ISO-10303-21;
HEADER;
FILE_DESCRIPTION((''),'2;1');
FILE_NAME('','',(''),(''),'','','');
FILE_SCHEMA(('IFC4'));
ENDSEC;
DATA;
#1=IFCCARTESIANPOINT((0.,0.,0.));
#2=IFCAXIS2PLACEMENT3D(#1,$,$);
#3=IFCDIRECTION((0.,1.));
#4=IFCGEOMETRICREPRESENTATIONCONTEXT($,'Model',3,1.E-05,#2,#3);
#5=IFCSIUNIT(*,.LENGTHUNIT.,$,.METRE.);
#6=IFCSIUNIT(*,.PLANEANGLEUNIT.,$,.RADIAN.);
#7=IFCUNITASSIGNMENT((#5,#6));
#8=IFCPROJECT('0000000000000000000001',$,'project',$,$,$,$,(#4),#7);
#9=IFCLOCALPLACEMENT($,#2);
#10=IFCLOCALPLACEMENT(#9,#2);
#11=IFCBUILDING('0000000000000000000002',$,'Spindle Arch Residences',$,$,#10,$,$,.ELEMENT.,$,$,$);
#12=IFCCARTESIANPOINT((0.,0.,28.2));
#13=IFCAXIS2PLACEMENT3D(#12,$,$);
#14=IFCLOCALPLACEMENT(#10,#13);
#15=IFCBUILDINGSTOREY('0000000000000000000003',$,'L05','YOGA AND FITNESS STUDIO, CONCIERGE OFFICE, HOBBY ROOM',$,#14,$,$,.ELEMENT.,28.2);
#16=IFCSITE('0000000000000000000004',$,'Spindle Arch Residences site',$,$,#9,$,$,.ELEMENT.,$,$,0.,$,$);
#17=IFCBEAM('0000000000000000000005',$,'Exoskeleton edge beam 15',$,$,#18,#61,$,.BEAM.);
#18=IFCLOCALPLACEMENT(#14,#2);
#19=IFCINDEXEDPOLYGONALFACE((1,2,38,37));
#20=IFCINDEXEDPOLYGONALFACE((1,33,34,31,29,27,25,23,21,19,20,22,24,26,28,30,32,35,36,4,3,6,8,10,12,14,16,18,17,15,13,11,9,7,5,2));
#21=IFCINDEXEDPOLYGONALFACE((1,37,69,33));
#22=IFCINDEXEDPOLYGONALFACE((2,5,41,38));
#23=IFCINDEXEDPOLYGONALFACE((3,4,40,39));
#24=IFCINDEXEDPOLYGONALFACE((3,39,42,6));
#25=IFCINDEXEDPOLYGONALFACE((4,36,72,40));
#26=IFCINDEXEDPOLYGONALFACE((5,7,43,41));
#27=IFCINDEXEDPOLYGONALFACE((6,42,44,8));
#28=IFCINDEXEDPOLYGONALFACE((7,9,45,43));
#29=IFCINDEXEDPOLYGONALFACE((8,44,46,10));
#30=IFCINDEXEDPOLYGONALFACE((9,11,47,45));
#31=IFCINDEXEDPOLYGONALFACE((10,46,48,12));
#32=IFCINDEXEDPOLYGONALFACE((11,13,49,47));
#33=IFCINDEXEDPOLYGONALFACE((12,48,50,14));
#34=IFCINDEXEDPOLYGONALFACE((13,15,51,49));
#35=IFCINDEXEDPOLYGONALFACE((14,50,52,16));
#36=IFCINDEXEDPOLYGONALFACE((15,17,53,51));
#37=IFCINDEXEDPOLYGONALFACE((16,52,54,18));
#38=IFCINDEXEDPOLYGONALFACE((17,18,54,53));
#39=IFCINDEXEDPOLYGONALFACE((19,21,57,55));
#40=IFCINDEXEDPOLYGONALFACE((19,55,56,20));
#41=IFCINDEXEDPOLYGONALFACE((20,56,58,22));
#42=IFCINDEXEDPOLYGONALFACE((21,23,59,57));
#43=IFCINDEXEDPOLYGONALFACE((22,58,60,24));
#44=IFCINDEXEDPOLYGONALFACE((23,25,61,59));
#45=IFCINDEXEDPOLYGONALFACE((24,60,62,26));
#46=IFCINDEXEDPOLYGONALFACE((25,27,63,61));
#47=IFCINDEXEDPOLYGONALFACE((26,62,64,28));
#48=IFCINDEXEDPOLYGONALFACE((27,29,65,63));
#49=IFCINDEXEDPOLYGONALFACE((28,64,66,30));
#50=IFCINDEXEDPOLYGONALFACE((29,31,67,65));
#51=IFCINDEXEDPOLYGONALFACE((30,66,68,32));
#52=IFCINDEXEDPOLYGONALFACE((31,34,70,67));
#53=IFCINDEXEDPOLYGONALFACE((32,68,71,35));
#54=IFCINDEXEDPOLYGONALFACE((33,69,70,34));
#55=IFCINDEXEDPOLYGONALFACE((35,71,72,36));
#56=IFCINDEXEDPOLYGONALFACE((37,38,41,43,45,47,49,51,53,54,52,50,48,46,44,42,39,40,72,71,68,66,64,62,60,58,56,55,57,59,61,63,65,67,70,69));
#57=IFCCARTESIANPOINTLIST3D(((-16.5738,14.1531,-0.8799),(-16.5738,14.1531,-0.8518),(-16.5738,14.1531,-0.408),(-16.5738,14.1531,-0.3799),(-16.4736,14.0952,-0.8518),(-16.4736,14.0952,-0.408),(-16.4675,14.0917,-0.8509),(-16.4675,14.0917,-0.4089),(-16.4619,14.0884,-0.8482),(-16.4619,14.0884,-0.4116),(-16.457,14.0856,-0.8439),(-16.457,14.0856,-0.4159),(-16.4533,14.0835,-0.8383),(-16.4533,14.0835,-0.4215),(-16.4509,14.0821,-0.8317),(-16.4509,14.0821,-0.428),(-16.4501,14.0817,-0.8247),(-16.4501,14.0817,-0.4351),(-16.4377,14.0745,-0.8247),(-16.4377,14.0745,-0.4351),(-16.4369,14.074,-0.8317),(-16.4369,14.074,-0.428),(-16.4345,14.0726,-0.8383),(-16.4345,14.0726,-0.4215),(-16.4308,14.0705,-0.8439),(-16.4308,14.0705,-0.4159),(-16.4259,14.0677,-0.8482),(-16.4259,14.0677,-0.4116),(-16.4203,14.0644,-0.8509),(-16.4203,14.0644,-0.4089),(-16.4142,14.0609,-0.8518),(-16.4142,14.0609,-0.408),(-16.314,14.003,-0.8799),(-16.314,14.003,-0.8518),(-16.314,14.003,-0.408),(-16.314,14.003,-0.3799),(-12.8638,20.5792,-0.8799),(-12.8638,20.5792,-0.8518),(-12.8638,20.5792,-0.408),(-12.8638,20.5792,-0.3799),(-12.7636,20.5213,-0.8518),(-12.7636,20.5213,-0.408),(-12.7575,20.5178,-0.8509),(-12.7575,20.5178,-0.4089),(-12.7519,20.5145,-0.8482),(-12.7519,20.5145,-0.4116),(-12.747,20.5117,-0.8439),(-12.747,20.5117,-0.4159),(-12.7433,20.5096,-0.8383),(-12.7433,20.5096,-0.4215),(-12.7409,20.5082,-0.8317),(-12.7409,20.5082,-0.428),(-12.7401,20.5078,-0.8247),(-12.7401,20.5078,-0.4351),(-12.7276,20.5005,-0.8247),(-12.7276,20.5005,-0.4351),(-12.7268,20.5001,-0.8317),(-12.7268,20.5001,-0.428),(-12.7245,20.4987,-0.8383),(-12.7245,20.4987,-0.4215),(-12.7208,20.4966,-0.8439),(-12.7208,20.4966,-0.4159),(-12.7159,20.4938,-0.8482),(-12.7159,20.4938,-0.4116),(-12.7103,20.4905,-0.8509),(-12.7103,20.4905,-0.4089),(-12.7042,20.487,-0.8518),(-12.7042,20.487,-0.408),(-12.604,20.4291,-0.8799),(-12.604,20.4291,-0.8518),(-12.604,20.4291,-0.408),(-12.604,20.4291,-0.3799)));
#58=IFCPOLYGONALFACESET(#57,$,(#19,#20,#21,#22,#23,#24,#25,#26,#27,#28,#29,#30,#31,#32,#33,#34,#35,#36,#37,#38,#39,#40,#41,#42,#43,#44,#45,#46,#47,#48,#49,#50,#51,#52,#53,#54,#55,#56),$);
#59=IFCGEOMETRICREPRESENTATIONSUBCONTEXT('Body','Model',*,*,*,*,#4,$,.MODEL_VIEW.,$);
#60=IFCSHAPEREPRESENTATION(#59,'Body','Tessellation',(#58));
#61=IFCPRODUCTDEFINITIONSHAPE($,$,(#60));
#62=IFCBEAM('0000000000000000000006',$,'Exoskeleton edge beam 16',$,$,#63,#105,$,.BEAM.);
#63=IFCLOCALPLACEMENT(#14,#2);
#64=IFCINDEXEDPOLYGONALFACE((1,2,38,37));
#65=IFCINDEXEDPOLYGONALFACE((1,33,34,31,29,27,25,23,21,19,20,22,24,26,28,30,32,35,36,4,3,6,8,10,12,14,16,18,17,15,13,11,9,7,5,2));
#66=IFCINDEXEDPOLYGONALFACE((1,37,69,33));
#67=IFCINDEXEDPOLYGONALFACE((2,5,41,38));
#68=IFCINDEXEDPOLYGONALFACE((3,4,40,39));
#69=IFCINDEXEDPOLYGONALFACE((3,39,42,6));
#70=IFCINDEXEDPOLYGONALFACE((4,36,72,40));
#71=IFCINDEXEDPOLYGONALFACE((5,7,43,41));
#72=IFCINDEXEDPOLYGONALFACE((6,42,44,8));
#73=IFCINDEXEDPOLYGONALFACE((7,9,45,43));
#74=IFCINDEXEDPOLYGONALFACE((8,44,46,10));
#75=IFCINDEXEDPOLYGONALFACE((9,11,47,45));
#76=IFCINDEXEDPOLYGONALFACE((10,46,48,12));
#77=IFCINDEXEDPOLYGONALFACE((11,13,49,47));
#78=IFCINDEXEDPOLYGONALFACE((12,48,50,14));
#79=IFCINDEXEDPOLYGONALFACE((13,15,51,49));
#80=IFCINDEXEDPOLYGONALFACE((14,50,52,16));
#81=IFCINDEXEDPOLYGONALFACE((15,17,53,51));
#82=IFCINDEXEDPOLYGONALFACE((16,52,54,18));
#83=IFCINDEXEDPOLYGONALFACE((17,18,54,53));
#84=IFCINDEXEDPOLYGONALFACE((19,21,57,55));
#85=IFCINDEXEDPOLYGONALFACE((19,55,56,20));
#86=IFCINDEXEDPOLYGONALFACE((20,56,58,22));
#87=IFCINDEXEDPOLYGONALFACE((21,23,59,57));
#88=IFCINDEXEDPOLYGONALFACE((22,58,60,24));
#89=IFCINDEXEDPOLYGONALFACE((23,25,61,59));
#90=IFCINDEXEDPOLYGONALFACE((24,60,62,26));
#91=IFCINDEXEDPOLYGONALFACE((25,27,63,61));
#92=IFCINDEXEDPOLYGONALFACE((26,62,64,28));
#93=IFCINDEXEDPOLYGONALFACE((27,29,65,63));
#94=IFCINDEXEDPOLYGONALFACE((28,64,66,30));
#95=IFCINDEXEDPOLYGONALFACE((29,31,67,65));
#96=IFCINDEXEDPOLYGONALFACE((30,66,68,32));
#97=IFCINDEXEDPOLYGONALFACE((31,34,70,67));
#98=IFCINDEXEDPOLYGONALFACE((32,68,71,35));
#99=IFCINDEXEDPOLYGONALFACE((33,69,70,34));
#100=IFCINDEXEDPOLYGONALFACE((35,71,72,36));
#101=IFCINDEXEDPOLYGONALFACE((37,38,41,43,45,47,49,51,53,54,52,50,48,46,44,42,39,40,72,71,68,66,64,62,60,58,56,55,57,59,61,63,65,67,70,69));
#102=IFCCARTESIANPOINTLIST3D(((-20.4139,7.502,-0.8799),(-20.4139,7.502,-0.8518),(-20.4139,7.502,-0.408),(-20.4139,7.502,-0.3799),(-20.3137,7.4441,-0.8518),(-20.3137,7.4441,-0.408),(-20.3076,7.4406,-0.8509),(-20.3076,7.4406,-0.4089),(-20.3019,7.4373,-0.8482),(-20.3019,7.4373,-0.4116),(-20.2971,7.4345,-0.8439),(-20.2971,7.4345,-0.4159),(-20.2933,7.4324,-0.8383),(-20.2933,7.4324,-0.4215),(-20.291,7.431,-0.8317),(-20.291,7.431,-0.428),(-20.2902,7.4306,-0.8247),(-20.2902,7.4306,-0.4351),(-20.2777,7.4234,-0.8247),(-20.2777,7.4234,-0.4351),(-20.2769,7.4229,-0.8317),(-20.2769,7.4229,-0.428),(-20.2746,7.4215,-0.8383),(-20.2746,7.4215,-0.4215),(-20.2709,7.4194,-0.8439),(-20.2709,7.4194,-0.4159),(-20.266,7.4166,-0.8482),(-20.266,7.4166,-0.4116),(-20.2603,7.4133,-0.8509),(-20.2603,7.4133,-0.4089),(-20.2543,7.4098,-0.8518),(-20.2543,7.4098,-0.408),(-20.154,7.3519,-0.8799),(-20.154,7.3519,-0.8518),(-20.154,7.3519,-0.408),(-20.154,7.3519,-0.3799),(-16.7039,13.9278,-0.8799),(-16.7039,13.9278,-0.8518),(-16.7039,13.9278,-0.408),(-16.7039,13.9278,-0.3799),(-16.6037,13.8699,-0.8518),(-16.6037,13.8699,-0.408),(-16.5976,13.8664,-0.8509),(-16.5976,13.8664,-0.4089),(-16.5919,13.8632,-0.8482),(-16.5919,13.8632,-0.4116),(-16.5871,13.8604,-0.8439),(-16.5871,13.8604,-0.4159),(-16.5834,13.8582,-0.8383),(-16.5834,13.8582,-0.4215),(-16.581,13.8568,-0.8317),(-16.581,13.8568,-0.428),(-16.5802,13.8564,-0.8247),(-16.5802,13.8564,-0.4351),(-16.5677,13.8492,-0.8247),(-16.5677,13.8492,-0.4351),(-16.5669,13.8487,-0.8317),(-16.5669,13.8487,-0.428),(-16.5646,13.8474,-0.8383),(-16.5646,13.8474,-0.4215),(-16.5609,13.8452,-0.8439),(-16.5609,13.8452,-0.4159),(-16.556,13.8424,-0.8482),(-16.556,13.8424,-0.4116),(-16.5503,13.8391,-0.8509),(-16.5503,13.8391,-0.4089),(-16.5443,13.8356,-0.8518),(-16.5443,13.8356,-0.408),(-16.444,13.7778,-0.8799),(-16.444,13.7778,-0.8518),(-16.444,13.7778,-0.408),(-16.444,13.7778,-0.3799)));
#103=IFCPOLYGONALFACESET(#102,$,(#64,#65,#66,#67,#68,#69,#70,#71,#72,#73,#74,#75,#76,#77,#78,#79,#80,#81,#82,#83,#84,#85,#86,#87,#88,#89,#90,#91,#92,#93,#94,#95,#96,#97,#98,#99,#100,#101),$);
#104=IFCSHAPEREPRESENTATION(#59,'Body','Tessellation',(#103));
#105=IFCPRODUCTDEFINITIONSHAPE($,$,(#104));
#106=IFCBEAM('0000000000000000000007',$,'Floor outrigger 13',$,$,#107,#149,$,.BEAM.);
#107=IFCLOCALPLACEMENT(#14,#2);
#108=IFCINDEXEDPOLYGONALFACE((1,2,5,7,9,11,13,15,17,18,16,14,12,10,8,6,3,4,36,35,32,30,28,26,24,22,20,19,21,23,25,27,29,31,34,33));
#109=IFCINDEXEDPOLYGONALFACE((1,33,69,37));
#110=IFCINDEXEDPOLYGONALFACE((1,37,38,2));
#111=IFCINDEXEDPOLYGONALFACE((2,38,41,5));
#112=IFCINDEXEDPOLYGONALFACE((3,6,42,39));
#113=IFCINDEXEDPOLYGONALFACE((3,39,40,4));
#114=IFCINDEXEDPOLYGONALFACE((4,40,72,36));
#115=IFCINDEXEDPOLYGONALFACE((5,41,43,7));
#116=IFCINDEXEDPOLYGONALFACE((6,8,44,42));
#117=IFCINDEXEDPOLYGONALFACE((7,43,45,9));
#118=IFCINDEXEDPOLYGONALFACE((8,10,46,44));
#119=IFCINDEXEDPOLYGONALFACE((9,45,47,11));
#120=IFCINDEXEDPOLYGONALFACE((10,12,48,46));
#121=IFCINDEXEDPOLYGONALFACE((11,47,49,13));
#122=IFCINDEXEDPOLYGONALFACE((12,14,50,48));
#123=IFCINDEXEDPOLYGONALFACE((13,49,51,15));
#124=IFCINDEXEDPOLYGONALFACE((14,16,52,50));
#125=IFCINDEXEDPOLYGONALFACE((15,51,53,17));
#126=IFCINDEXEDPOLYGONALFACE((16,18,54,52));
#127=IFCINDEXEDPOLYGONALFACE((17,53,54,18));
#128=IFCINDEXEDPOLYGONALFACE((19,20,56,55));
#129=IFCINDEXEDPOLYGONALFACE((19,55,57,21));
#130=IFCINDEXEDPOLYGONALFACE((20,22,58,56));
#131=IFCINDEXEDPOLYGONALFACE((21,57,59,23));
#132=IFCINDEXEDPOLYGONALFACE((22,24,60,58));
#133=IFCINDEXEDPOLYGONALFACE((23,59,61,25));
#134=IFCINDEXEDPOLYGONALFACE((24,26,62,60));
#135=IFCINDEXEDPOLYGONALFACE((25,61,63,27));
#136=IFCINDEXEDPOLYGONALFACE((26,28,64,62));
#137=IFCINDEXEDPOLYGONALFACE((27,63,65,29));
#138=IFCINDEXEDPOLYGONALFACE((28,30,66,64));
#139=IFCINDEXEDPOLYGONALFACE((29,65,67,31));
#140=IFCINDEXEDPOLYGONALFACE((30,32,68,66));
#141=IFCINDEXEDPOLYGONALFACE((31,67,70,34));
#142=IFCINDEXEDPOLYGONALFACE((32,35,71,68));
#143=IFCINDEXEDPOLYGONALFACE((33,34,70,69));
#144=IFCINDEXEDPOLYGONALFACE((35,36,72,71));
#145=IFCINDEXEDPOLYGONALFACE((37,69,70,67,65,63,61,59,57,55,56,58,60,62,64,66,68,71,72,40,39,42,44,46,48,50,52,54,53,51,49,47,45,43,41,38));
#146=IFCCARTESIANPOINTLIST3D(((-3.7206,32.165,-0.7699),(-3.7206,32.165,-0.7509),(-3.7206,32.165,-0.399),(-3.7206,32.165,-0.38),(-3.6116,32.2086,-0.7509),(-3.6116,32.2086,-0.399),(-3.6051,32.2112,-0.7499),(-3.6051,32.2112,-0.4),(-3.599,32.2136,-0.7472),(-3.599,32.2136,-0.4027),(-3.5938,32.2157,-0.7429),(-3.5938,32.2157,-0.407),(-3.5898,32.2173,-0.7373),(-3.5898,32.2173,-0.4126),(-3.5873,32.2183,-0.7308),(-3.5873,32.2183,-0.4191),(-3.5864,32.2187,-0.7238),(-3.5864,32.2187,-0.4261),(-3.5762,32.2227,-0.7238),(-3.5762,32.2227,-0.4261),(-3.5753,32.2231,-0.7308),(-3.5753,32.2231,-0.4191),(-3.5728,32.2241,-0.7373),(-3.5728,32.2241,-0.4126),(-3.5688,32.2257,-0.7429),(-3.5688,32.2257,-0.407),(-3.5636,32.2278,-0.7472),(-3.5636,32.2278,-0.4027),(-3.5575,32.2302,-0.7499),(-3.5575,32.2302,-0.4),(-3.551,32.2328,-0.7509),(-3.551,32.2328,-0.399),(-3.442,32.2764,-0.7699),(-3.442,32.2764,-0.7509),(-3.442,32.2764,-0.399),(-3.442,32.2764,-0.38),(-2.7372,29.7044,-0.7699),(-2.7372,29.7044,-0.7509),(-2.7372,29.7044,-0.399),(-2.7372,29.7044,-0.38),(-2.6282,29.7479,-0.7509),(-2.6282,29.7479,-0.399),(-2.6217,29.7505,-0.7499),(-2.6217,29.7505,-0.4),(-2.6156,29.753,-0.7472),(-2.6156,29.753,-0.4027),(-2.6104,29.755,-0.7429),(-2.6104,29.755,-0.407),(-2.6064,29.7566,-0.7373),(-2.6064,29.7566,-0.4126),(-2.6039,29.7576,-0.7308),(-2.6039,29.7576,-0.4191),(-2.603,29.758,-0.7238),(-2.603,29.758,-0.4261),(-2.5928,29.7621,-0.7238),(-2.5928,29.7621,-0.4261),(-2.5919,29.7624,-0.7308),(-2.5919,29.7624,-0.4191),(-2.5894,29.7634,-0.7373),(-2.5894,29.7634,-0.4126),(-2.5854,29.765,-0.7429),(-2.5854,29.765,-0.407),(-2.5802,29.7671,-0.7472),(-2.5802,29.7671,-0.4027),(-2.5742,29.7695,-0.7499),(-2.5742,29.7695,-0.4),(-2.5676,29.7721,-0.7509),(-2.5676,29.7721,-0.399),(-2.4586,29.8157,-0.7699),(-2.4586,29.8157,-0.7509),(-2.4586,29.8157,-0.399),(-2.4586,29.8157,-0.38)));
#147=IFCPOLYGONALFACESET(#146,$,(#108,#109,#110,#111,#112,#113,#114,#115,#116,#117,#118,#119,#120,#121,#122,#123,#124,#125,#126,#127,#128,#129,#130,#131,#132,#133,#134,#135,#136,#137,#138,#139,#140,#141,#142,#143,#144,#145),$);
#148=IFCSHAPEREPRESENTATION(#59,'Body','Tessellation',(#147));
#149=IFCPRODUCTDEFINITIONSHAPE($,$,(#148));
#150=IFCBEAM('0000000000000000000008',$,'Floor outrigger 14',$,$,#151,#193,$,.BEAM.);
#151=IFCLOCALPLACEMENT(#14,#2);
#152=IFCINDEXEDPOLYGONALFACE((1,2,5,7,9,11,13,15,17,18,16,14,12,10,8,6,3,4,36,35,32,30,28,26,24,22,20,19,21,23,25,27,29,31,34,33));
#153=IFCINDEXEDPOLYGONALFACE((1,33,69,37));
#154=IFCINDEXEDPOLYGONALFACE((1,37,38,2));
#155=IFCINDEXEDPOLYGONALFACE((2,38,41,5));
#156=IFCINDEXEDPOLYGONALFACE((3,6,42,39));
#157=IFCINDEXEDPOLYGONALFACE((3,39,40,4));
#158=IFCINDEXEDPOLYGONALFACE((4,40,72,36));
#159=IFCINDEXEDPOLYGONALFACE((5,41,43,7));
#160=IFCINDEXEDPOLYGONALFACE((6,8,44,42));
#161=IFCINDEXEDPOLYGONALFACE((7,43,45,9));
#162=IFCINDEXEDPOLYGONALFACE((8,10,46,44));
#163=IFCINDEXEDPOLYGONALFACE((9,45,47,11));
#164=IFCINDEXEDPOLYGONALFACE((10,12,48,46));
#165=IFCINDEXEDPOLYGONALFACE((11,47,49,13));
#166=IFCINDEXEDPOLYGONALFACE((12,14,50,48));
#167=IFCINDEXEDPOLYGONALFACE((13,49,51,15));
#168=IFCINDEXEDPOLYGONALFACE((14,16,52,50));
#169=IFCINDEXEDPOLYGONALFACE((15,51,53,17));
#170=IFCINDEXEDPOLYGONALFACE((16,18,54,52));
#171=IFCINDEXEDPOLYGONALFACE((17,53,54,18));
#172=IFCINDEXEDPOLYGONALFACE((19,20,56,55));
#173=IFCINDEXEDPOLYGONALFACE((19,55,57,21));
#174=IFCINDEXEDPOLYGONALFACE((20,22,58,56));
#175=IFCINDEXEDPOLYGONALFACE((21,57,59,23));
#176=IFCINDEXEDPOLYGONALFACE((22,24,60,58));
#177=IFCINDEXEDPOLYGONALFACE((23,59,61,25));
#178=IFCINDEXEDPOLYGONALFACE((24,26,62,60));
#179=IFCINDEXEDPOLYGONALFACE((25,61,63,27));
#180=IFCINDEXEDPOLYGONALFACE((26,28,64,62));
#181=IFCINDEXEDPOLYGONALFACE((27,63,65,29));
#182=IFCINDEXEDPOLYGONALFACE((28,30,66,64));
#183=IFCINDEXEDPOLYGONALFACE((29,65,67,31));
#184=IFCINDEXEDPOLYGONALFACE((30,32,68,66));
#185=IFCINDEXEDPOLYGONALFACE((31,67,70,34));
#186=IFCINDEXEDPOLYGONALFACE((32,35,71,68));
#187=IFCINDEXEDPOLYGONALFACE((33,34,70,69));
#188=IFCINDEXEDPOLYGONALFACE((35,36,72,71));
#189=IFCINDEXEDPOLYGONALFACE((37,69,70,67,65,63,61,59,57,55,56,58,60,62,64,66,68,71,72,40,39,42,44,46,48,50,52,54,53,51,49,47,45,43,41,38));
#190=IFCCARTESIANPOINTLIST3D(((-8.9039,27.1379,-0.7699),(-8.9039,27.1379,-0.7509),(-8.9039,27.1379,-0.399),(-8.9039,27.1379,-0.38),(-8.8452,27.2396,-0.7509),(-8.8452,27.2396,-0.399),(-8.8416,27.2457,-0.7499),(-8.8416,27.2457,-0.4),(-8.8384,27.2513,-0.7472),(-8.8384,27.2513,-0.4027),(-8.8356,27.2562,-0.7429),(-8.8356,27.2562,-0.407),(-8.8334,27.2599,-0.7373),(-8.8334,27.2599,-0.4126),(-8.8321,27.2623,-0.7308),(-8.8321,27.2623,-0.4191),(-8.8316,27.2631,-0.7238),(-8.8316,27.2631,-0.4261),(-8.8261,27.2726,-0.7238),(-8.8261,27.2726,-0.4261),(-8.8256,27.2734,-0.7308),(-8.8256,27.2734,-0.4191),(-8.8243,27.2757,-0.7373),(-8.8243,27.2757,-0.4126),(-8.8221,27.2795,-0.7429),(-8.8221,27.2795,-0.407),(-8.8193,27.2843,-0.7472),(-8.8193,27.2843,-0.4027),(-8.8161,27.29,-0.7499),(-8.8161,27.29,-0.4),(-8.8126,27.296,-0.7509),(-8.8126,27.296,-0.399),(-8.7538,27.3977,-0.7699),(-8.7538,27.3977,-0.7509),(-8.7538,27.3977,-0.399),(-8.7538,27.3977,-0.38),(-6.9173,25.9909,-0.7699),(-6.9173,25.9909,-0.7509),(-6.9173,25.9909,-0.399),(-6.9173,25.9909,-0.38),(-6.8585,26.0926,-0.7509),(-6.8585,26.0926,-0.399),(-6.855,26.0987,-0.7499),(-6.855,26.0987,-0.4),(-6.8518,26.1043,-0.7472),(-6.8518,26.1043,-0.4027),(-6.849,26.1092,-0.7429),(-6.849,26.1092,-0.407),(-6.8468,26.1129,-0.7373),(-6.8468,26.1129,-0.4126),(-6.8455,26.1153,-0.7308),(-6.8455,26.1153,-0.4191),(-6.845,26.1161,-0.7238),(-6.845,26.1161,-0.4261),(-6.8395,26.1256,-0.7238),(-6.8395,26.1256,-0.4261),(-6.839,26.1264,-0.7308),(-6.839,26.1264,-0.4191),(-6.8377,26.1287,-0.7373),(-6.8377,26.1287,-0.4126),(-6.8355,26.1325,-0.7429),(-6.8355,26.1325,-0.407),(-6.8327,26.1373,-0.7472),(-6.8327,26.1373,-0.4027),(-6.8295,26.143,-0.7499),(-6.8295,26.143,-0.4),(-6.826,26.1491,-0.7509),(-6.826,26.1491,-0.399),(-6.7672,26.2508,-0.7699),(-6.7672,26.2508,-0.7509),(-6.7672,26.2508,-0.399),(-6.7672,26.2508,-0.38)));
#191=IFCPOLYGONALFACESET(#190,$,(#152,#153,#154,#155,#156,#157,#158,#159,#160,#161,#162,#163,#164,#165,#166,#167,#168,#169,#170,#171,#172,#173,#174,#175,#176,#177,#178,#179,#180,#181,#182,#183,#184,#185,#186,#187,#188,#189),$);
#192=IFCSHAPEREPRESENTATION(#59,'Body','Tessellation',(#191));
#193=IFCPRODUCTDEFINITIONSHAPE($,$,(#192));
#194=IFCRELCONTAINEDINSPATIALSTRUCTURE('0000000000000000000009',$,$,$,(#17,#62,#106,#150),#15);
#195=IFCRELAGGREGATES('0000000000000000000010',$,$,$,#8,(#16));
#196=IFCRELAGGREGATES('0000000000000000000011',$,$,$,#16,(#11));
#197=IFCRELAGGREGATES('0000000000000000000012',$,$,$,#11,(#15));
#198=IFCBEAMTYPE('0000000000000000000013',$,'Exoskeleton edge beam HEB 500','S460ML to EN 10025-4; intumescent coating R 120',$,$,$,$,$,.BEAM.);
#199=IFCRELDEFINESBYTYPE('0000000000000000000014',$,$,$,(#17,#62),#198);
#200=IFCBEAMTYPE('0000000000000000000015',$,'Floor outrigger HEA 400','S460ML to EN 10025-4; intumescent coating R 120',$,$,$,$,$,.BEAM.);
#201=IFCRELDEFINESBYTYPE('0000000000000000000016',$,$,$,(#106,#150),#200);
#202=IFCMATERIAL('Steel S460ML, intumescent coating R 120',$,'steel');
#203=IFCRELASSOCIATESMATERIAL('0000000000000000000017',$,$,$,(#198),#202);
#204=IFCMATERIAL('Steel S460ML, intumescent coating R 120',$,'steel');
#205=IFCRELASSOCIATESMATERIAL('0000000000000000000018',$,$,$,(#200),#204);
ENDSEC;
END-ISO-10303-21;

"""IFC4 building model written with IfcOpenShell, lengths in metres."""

from ifc_helpers import new_model, si_unit, direction, frame, origin, origin_2d, place, context, subcontext, project, spatial, i_section, extrude, material, material_profile, profile_set, type_object, element, save


model = new_model("IFC4")

# Units and contexts
model_context = context("Model", 3, precision=1e-05, world=origin(), true_north=direction((0.0, 1.0)))
body_context = subcontext(model_context, "Body", "Model", "MODEL_VIEW")
ifc_project = project(units=[si_unit("LENGTHUNIT", "METRE"), si_unit("PLANEANGLEUNIT", "RADIAN")], contexts=[model_context])

# Site, building, storey
site_placement = place(None, origin())
site = spatial("IfcSite", under=ifc_project, at=site_placement, Name="Spindle Arch Residences site", CompositionType="ELEMENT", RefElevation=0.0)
building_placement = place(site_placement, origin())
building = spatial("IfcBuilding", under=site, at=building_placement, Name="Spindle Arch Residences", CompositionType="ELEMENT")
storey_placement = place(building_placement, frame((0.0, 0.0, 28.2)))
storey = spatial("IfcBuildingStorey", under=building, at=storey_placement, Name="L05", Description="YOGA AND FITNESS STUDIO, CONCIERGE OFFICE, HOBBY ROOM", CompositionType="ELEMENT", Elevation=28.2)

# Beams
ifc_material_1 = material(Name="Steel S460ML, intumescent coating R 120", Category="steel")
ifc_material_profile_1 = material_profile(ifc_material_1, i_section(OverallWidth=0.3, OverallDepth=0.5, WebThickness=0.0144, FlangeThickness=0.0281, FilletRadius=0.0271, at=origin_2d()), Name="HEB 500")
ifc_profile_set_1 = profile_set([ifc_material_profile_1], Name="Steel S460ML, intumescent coating R 120")
beam_type_1 = type_object("IfcBeamType", Name="Exoskeleton edge beam HEB 500", Description="S460ML to EN 10025-4; intumescent coating R 120", PredefinedType="BEAM", material=ifc_profile_set_1)
for number, where, z_axis, x_axis, name in (
    (1, (-12.7339, 20.5042, -0.6299), (-0.499989, -0.866032, 0.0), (0.866032, -0.499989, 0.0), "Exoskeleton edge beam 15"),
):
    element("IfcBeam", number, at=place(storey_placement, frame(where, z_axis=z_axis, x_axis=x_axis)), inside=storey, type_object=beam_type_1, Name=name, PredefinedType="BEAM", context=body_context, shape_type="SweptSolid", body=[
        extrude(i_section(OverallWidth=0.3, OverallDepth=0.5, WebThickness=0.0144, FlangeThickness=0.0281, FilletRadius=0.0271, at=origin_2d()), origin(), (0.0, 0.0, 1.0), 7.4202),
    ])
beam_1_placement = place(storey_placement, frame((-16.574, 13.8528, -0.6299), z_axis=(-0.500003, -0.866023, 0.0), x_axis=(0.866023, -0.500003, 0.0)))
element("IfcBeam", 2, at=beam_1_placement, inside=storey, type_object=beam_type_1, Name="Exoskeleton edge beam 16", PredefinedType="BEAM", context=body_context, shape_type="SweptSolid", body=[
    extrude(i_section(OverallWidth=0.3, OverallDepth=0.5, WebThickness=0.0144, FlangeThickness=0.0281, FilletRadius=0.0271, at=origin_2d()), origin(), (0.0, 0.0, 1.0), 7.4199),
])
ifc_material_2 = material(Name="Steel S460ML, intumescent coating R 120", Category="steel")
ifc_material_profile_2 = material_profile(ifc_material_2, i_section(OverallWidth=0.3, OverallDepth=0.3899, WebThickness=0.011, FlangeThickness=0.019, FilletRadius=0.0271, at=origin_2d()), Name="HEA 400")
ifc_profile_set_2 = profile_set([ifc_material_profile_2], Name="Steel S460ML, intumescent coating R 120")
beam_type_2 = type_object("IfcBeamType", Name="Floor outrigger HEA 400", Description="S460ML to EN 10025-4; intumescent coating R 120", PredefinedType="BEAM", material=ifc_profile_set_2)
beam_2_placement = place(storey_placement, frame((-3.5813, 32.2207, -0.575), z_axis=(0.371105, -0.928591, 0.0), x_axis=(0.928591, 0.371105, 0.0)))
element("IfcBeam", 3, at=beam_2_placement, inside=storey, type_object=beam_type_2, Name="Floor outrigger 13", PredefinedType="BEAM", context=body_context, shape_type="SweptSolid", body=[
    extrude(i_section(OverallWidth=0.3, OverallDepth=0.3899, WebThickness=0.011, FlangeThickness=0.019, FilletRadius=0.0271, at=origin_2d()), origin(), (0.0, 0.0, 1.0), 2.6499),
])
beam_3_placement = place(storey_placement, frame((-8.8289, 27.2678, -0.575), z_axis=(0.866021, -0.500008, 0.0), x_axis=(0.500008, 0.866021, 0.0)))
element("IfcBeam", 4, at=beam_3_placement, inside=storey, type_object=beam_type_2, Name="Floor outrigger 14", PredefinedType="BEAM", context=body_context, shape_type="SweptSolid", body=[
    extrude(i_section(OverallWidth=0.3, OverallDepth=0.3899, WebThickness=0.011, FlangeThickness=0.019, FilletRadius=0.0271, at=origin_2d()), origin(), (0.0, 0.0, 1.0), 2.2939),
])

save(model, "model.ifc")
